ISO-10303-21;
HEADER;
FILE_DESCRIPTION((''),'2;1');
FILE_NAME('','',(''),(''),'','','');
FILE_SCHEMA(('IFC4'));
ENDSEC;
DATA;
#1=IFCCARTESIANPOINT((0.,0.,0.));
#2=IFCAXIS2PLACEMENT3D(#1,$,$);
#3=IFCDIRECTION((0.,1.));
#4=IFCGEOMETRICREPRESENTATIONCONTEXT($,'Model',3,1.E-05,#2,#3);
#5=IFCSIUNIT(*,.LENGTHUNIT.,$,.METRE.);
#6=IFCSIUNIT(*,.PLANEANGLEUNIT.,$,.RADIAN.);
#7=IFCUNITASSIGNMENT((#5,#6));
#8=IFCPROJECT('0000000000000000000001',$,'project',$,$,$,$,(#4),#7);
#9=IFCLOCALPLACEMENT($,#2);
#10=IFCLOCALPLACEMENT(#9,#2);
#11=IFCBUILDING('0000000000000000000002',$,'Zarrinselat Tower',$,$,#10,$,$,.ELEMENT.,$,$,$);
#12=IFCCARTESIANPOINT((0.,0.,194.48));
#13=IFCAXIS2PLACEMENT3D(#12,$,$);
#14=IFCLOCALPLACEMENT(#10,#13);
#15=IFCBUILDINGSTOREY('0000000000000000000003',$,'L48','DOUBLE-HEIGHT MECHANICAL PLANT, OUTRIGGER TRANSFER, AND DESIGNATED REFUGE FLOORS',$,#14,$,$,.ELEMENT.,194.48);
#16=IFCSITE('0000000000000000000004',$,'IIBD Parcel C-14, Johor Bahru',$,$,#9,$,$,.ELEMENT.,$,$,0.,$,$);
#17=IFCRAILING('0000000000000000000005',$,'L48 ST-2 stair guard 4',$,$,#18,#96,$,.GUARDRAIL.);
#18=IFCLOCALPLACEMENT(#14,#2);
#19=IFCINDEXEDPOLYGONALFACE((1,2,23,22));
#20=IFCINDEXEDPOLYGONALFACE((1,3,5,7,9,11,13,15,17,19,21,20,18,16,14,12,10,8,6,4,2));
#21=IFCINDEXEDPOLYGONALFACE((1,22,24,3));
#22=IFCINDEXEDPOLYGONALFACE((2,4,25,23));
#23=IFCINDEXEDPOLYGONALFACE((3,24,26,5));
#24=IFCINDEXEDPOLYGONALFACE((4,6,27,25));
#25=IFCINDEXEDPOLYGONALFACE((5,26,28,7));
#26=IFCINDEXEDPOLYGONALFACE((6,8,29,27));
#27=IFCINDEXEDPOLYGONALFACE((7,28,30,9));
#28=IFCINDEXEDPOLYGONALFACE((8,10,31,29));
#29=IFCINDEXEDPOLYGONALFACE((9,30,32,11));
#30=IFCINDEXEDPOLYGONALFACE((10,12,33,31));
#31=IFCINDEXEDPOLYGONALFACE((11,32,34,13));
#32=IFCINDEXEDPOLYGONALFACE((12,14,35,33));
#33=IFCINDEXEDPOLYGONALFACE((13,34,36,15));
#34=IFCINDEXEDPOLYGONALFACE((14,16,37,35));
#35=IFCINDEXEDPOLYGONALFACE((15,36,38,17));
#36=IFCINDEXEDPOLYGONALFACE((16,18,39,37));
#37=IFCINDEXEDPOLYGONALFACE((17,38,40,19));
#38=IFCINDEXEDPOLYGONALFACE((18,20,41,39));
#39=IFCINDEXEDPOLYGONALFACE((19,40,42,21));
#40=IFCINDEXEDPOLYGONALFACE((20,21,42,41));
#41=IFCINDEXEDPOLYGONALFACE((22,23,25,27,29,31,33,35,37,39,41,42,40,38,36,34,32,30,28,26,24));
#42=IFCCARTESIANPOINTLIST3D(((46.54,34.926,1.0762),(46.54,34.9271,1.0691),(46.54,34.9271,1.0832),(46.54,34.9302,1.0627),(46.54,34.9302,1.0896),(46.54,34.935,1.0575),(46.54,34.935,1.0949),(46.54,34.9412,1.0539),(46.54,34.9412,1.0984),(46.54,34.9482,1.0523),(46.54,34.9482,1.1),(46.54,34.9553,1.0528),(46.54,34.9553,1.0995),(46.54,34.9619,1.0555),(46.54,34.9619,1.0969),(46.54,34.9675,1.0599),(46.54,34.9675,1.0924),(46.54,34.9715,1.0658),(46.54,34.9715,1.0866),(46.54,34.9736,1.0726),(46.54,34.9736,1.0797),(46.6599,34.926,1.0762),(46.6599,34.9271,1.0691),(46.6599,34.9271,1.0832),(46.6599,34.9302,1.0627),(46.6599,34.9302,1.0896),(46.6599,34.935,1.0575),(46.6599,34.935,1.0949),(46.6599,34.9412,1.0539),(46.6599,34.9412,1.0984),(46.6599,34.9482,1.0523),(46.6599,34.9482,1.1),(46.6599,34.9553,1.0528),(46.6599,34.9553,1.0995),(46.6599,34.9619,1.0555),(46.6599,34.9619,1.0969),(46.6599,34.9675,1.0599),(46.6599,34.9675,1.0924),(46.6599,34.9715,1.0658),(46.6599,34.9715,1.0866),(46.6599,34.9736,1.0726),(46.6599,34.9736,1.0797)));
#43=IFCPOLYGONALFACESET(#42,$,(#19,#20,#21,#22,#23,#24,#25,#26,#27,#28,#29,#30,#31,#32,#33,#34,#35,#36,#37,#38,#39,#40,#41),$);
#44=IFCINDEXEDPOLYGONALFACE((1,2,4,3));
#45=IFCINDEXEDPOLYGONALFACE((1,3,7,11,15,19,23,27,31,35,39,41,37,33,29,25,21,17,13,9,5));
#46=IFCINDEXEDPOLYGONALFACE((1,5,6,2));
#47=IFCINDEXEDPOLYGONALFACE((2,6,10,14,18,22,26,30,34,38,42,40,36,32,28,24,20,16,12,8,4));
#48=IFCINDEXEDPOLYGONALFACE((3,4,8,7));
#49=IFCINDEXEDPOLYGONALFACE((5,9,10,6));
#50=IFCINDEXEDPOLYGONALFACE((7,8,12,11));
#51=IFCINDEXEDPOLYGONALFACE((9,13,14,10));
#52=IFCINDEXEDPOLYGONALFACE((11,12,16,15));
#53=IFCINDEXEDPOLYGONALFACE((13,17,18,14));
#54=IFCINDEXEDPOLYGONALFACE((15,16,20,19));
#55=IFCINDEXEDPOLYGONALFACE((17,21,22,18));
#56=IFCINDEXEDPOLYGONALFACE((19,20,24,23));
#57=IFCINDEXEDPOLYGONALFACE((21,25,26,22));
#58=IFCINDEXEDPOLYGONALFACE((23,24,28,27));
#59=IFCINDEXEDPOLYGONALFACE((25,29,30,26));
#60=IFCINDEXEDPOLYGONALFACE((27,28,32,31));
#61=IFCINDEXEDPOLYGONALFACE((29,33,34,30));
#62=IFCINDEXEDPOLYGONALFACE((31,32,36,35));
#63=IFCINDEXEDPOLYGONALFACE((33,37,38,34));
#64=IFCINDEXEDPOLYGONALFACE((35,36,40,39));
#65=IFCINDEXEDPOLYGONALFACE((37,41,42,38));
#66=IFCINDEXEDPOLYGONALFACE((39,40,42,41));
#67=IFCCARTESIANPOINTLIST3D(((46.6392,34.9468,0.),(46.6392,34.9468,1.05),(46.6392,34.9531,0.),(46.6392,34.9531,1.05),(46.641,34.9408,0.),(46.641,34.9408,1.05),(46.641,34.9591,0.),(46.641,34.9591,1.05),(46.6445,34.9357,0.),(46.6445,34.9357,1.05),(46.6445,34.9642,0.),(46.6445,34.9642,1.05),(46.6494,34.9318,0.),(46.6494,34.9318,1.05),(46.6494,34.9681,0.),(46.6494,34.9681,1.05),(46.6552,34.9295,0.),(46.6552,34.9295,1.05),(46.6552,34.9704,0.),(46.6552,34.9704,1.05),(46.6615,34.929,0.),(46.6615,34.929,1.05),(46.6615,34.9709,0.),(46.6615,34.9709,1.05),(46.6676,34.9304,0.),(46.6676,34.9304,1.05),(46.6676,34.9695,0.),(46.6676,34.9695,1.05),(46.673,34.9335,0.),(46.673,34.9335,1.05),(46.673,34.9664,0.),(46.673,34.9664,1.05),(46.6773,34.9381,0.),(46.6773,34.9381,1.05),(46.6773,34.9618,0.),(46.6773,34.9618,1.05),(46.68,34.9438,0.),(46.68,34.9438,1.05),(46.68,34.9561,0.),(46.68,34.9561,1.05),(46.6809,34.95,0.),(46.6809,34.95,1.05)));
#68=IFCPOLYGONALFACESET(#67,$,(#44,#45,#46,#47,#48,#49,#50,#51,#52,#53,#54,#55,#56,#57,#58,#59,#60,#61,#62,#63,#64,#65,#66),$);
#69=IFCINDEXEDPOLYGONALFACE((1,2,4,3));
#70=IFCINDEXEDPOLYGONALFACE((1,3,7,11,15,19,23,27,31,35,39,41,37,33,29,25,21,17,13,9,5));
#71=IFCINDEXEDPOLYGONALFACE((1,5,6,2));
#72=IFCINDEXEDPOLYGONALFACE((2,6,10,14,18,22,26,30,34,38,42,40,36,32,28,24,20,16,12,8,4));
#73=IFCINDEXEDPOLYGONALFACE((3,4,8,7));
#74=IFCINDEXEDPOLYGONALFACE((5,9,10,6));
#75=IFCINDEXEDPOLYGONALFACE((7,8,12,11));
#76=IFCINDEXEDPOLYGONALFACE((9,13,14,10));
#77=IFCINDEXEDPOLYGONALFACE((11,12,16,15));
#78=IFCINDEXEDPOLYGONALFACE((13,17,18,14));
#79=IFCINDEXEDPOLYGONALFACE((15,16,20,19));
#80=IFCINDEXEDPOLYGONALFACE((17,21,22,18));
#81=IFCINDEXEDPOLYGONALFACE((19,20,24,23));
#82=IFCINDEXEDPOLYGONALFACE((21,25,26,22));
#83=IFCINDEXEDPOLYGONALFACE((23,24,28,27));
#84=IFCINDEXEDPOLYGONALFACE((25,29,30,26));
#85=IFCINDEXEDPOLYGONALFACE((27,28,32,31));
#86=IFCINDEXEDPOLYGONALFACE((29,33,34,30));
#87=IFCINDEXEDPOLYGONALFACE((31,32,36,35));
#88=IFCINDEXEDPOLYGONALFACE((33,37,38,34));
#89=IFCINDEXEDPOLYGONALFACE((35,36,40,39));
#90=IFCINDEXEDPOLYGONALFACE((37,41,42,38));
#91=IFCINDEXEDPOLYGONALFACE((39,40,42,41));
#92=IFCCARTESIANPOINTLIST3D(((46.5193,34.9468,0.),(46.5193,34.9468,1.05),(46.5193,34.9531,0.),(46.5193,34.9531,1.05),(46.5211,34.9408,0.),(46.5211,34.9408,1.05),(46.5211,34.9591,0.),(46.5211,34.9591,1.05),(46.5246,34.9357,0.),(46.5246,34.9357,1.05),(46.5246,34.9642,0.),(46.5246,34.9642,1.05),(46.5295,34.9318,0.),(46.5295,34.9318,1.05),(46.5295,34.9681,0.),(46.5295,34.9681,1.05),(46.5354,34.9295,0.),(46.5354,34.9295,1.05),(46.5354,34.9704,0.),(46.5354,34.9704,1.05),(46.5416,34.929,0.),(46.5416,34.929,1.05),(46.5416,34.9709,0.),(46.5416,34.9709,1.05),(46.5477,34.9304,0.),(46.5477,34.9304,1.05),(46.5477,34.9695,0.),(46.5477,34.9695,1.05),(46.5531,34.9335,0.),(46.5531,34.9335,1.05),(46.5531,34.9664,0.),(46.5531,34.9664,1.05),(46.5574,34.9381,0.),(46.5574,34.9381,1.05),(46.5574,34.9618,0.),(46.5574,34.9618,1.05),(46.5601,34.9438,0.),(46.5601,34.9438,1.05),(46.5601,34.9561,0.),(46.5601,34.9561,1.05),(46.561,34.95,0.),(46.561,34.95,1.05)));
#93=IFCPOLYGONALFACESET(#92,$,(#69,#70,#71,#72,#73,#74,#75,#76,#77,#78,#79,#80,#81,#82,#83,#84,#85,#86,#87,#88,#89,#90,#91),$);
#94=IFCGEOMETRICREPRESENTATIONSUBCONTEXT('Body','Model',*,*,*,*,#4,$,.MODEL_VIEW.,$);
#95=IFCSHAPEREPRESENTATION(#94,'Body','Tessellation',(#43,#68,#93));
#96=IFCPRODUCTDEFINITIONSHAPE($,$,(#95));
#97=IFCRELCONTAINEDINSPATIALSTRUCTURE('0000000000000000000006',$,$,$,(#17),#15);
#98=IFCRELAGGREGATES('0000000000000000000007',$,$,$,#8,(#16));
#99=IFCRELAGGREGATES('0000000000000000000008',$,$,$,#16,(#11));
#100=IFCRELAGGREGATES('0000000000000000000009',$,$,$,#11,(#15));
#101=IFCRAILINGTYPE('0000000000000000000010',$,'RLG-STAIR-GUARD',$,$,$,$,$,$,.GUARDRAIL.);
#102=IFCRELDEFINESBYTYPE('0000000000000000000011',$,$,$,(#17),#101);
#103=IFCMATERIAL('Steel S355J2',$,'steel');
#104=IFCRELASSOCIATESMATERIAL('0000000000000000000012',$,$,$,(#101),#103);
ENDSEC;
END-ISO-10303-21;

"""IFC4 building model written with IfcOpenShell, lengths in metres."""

from ifc_helpers import new_model, si_unit, direction, frame, origin, origin_2d, place, context, subcontext, project, spatial, circle, extrude, material, type_object, element, save


model = new_model("IFC4")

# Units and contexts
model_context = context("Model", 3, precision=1e-05, world=origin(), true_north=direction((0.0, 1.0)))
body_context = subcontext(model_context, "Body", "Model", "MODEL_VIEW")
ifc_project = project(units=[si_unit("LENGTHUNIT", "METRE"), si_unit("PLANEANGLEUNIT", "RADIAN")], contexts=[model_context])

# Site, building, storey
site_placement = place(None, origin())
site = spatial("IfcSite", under=ifc_project, at=site_placement, Name="IIBD Parcel C-14, Johor Bahru", CompositionType="ELEMENT", RefElevation=0.0)
building_placement = place(site_placement, origin())
building = spatial("IfcBuilding", under=site, at=building_placement, Name="Zarrinselat Tower", CompositionType="ELEMENT")
storey_placement = place(building_placement, frame((0.0, 0.0, 194.48)))
storey = spatial("IfcBuildingStorey", under=building, at=storey_placement, Name="L48", Description="DOUBLE-HEIGHT MECHANICAL PLANT, OUTRIGGER TRANSFER, AND DESIGNATED REFUGE FLOORS", CompositionType="ELEMENT", Elevation=194.48)

# Railing
ifc_material_1 = material(Name="Steel S355J2", Category="steel")
railing_type_1 = type_object("IfcRailingType", Name="RLG-STAIR-GUARD", PredefinedType="GUARDRAIL", material=ifc_material_1)
railing_1_placement = place(storey_placement, frame((46.6599, 34.95, 0.0)))
element("IfcRailing", 1, at=railing_1_placement, inside=storey, type_object=railing_type_1, Name="L48 ST-2 stair guard 4", PredefinedType="GUARDRAIL", context=body_context, shape_type="SweptSolid", body=[
    extrude(circle(Radius=0.0239, at=origin_2d()), frame((0.0, 0.0, 1.0762), z_axis=(-1.0, 0.0, 0.0), x_axis=(0.0, -1.0, 0.0)), (0.0, 0.0, 1.0), 0.1199),
    extrude(circle(Radius=0.021, at=origin_2d()), origin(), (0.0, 0.0, 1.0), 1.05),
    extrude(circle(Radius=0.021, at=origin_2d()), frame((-0.1199, 0.0, 0.0)), (0.0, 0.0, 1.0), 1.05),
])

save(model, "model.ifc")
